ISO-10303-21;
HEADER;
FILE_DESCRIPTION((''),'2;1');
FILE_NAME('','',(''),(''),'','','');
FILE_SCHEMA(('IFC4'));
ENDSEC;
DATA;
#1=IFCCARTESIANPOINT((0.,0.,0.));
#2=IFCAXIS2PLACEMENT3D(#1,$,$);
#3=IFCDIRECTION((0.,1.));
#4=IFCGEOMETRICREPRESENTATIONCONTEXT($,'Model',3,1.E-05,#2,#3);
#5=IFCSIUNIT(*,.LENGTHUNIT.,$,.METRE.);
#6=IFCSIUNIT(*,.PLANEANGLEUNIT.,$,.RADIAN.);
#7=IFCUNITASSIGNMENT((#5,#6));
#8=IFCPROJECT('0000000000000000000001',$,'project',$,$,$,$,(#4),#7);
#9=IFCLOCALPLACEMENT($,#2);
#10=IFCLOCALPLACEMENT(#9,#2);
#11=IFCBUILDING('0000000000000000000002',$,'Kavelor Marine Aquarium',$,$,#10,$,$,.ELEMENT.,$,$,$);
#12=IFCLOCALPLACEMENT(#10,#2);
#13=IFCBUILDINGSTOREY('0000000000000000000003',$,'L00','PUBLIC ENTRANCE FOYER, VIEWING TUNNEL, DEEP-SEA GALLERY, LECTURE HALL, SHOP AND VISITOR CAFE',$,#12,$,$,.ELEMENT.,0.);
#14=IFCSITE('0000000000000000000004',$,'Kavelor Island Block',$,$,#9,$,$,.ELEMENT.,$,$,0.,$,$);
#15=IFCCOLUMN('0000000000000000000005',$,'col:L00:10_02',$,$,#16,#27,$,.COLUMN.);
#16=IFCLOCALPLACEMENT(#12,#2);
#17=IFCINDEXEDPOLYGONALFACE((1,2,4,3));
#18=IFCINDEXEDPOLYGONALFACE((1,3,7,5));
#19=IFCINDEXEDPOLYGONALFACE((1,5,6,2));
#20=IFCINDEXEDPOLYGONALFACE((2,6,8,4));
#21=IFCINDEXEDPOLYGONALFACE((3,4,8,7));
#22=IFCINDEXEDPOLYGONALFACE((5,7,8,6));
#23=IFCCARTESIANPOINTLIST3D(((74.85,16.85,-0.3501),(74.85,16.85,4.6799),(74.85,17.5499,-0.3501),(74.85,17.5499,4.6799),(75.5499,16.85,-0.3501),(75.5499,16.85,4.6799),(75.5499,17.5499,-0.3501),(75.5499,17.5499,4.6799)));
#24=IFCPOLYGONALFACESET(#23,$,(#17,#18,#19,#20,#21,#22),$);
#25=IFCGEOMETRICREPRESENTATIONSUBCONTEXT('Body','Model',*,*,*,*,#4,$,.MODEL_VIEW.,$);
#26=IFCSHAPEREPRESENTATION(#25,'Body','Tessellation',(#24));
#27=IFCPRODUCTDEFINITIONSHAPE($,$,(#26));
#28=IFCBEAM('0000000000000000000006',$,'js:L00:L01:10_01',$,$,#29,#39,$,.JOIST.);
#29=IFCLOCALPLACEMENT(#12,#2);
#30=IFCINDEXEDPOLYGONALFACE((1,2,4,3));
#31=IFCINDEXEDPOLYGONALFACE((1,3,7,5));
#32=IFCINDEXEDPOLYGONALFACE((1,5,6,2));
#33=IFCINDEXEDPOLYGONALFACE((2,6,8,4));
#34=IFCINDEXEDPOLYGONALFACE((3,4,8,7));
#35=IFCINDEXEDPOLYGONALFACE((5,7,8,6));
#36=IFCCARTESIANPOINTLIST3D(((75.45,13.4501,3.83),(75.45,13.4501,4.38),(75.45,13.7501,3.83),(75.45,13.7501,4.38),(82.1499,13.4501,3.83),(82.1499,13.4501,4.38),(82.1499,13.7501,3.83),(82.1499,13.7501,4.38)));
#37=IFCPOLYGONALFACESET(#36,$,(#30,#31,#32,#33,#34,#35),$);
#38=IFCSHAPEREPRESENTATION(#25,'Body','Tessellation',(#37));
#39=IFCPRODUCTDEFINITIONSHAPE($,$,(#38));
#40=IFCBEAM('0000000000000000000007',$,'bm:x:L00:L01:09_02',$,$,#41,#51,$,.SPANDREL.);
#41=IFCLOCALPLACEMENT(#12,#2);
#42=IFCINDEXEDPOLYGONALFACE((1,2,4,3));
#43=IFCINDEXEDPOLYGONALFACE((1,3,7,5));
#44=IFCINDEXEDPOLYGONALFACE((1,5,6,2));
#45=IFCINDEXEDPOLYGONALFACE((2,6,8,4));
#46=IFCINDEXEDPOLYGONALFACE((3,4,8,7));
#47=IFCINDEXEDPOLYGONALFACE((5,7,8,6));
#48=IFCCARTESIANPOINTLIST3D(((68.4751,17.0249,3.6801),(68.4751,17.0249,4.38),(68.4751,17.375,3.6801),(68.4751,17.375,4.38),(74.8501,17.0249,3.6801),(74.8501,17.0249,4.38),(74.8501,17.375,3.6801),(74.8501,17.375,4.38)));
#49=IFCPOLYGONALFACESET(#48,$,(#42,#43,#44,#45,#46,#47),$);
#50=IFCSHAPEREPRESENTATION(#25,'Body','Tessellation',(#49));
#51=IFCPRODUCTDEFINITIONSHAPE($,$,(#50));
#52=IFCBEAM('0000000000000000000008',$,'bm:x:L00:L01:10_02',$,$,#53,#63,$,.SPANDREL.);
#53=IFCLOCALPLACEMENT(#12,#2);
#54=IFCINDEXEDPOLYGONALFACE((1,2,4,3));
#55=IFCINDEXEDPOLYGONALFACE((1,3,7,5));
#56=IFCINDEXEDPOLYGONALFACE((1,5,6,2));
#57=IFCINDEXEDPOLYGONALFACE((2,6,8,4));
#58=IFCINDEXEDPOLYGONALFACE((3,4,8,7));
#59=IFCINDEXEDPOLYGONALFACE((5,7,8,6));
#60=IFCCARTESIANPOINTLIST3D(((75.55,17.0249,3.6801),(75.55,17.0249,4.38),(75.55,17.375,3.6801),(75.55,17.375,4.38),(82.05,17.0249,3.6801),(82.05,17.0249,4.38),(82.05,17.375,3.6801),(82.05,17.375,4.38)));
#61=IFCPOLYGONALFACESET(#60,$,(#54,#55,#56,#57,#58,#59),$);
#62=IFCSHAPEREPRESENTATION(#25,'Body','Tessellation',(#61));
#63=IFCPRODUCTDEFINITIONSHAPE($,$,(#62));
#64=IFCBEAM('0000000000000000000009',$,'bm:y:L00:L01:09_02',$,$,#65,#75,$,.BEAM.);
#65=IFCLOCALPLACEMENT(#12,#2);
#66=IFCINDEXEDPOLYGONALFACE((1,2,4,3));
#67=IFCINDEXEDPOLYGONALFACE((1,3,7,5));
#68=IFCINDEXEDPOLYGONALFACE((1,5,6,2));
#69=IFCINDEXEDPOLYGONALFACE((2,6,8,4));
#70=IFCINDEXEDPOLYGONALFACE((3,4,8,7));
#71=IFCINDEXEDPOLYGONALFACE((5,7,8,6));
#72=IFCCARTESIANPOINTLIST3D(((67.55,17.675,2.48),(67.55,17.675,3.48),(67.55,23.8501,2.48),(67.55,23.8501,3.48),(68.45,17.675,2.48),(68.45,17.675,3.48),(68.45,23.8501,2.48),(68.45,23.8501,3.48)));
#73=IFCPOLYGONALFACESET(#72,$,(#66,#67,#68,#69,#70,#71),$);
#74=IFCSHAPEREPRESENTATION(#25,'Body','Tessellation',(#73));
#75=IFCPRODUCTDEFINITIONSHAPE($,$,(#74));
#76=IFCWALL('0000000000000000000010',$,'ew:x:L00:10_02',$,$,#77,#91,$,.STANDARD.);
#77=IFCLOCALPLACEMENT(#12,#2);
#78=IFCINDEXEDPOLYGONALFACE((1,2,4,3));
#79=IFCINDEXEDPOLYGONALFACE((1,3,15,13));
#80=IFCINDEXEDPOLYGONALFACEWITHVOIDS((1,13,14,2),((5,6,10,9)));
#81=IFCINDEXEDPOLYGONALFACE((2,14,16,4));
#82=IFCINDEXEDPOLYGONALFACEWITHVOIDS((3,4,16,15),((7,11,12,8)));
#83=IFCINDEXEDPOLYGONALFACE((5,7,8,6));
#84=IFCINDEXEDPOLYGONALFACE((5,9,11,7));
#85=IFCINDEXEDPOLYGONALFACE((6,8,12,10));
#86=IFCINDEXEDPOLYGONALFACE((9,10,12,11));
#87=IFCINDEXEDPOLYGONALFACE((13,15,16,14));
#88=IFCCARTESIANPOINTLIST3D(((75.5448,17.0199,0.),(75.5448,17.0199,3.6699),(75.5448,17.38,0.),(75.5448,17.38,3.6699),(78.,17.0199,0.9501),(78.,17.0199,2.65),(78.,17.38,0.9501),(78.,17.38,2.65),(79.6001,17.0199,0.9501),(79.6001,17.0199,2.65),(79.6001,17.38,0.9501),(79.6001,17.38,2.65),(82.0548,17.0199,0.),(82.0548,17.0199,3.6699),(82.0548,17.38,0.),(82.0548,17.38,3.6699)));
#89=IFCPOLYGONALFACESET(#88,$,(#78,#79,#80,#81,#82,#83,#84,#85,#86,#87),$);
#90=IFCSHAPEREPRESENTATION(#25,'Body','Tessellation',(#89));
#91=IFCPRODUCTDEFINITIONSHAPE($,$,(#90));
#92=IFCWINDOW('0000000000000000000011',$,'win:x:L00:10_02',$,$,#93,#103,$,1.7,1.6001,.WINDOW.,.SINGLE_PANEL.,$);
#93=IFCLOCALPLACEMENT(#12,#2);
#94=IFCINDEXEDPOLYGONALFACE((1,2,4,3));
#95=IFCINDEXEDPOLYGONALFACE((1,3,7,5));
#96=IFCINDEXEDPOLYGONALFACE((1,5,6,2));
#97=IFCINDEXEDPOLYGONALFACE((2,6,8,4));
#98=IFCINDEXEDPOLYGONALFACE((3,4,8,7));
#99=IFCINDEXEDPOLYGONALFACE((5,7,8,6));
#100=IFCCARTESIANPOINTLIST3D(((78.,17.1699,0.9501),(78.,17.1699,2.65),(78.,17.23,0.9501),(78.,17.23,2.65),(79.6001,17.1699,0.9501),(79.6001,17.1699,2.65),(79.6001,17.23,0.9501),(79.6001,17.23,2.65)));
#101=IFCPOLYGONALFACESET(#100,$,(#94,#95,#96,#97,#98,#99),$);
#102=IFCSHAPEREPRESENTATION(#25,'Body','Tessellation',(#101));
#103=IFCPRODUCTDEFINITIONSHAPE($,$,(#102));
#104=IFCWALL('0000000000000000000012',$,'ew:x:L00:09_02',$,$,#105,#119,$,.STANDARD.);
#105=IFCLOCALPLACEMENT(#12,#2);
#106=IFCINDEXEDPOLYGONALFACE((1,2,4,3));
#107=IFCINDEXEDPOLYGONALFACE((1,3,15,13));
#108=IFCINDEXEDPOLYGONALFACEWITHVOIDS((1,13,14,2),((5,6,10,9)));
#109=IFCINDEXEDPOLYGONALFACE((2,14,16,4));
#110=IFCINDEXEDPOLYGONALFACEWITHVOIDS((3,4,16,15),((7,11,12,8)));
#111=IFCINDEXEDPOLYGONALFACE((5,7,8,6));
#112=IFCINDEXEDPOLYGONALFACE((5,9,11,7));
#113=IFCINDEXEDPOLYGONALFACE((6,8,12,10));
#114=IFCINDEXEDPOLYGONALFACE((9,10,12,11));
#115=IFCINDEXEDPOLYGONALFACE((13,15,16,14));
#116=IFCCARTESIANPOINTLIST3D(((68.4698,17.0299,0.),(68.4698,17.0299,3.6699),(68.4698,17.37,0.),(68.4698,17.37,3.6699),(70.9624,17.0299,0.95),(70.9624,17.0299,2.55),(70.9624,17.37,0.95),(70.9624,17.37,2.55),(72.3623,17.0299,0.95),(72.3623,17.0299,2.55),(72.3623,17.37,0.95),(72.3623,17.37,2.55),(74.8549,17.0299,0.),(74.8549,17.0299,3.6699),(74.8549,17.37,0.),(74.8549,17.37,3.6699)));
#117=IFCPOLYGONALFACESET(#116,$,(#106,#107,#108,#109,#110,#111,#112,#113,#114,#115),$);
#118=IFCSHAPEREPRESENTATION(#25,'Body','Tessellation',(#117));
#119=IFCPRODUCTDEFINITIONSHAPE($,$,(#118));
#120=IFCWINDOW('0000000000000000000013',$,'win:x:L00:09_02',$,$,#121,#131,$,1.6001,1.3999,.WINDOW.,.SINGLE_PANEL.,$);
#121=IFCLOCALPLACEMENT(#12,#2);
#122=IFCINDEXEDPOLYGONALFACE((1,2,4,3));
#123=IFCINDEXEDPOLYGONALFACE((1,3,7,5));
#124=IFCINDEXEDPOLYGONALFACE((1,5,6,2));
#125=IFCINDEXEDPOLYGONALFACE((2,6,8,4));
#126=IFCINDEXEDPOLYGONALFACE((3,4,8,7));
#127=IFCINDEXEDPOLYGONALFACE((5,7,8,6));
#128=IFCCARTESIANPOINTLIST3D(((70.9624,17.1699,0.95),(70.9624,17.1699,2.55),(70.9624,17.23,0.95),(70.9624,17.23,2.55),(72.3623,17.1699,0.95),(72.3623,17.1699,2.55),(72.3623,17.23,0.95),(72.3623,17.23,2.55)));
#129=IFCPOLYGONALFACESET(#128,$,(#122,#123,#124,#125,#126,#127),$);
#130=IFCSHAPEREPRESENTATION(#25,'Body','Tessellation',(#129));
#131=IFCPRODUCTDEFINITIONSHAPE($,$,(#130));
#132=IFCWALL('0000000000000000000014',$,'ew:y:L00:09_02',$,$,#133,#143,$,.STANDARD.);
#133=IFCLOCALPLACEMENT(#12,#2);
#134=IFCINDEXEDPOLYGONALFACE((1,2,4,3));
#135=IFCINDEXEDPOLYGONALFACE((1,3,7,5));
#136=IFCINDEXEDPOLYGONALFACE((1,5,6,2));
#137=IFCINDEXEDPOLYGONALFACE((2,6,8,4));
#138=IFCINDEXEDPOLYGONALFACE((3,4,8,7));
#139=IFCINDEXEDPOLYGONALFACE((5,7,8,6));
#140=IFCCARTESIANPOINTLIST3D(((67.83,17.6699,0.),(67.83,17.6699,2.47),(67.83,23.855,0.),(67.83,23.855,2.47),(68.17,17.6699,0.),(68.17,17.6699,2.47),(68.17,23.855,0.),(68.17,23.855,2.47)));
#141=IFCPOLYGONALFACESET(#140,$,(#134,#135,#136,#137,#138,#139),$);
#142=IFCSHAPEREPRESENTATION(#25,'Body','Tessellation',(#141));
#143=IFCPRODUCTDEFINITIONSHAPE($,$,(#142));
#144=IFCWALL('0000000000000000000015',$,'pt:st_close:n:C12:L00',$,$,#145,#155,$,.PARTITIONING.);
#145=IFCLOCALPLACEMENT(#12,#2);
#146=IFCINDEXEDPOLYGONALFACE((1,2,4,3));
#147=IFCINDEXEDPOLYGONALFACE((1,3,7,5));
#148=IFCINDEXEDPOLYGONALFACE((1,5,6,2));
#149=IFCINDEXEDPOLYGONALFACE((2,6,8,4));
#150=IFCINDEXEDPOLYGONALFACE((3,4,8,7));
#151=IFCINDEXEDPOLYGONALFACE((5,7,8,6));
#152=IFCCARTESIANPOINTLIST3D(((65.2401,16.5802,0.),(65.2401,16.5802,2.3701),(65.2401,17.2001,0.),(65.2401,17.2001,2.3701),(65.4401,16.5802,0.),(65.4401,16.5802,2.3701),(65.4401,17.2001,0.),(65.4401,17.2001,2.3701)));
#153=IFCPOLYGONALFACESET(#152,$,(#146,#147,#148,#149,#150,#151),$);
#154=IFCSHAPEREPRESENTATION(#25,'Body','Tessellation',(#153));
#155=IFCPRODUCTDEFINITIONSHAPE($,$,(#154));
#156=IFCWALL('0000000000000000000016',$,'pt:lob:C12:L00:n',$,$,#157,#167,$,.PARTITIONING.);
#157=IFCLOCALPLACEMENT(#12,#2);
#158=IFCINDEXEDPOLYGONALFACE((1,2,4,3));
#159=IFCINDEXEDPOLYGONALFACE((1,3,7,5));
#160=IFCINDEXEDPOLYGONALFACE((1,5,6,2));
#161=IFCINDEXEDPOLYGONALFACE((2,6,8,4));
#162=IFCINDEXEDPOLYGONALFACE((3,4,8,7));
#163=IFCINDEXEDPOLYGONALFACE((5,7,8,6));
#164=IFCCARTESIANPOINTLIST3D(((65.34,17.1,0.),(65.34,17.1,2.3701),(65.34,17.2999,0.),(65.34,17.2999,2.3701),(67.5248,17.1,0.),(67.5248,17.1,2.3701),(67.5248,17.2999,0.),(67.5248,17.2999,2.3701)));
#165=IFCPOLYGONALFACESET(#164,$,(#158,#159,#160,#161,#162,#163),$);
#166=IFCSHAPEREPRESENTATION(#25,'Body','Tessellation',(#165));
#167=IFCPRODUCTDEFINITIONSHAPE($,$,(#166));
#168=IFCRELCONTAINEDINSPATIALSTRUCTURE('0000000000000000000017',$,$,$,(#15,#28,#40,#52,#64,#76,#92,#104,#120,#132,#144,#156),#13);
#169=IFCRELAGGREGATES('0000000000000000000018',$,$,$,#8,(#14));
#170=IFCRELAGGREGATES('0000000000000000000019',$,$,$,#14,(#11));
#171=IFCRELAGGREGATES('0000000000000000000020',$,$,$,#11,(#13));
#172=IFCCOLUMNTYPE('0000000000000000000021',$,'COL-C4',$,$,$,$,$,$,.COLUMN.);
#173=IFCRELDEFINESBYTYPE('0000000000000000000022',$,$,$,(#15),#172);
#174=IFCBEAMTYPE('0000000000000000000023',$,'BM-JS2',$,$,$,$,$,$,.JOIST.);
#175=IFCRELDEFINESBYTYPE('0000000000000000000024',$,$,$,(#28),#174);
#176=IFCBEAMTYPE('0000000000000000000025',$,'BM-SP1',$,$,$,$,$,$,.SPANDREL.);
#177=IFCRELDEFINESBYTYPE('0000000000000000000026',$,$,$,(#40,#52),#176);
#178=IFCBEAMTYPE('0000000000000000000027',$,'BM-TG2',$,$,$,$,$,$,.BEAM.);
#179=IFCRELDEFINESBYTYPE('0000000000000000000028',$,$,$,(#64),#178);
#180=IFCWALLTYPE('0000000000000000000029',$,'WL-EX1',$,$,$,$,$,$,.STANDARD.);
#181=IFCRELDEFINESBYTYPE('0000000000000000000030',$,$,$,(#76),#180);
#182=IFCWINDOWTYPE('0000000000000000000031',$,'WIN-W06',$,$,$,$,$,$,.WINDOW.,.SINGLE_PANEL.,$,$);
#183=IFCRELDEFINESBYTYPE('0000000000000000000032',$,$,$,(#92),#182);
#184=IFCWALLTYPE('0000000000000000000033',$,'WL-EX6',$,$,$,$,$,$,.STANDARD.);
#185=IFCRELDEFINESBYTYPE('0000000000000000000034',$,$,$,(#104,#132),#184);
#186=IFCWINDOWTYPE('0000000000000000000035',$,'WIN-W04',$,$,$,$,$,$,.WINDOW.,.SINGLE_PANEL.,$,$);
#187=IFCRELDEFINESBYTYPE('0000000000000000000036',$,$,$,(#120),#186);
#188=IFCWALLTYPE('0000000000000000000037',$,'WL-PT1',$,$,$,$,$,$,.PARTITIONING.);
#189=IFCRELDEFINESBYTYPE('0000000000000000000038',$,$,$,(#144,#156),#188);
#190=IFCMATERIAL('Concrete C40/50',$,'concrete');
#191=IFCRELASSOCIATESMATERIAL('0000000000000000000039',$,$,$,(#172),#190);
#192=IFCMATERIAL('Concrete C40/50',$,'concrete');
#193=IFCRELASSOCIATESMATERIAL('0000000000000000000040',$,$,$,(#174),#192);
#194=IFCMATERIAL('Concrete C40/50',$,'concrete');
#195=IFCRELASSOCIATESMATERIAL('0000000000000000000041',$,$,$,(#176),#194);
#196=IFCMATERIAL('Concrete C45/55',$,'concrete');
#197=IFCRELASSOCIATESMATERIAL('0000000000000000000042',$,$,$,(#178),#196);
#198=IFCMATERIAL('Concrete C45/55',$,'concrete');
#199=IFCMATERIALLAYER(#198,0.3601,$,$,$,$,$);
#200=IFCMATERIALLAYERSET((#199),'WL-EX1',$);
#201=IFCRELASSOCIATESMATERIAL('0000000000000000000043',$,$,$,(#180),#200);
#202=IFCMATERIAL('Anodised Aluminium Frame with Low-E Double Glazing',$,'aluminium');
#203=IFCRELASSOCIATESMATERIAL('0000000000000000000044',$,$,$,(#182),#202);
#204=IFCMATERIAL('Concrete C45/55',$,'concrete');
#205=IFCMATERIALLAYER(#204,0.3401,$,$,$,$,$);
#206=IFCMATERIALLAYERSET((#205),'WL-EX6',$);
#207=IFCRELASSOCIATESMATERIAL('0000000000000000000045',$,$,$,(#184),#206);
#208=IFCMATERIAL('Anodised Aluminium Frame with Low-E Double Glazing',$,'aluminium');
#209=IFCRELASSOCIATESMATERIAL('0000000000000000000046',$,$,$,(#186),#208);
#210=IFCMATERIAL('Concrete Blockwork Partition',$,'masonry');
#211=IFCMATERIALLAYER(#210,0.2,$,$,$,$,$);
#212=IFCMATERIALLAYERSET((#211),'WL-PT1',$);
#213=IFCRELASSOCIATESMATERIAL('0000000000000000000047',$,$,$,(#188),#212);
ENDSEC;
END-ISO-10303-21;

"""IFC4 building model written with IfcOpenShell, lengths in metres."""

from ifc_helpers import new_model, si_unit, direction, frame, frame_2d, origin, origin_2d, place, context, subcontext, project, spatial, rectangle, extrude, material, layer, layer_set, material_profile, profile_set, type_object, element, fill, save


model = new_model("IFC4")

# Units and contexts
model_context = context("Model", 3, precision=1e-05, world=origin(), true_north=direction((0.0, 1.0)))
body_context = subcontext(model_context, "Body", "Model", "MODEL_VIEW")
ifc_project = project(units=[si_unit("LENGTHUNIT", "METRE"), si_unit("PLANEANGLEUNIT", "RADIAN")], contexts=[model_context])

# Site, building, storey
site_placement = place(None, origin())
site = spatial("IfcSite", under=ifc_project, at=site_placement, Name="Kavelor Island Block", CompositionType="ELEMENT", RefElevation=0.0)
building_placement = place(site_placement, origin())
building = spatial("IfcBuilding", under=site, at=building_placement, Name="Kavelor Marine Aquarium", CompositionType="ELEMENT")
storey_placement = place(building_placement, origin())
storey = spatial("IfcBuildingStorey", under=building, at=storey_placement, Name="L00", Description="PUBLIC ENTRANCE FOYER, VIEWING TUNNEL, DEEP-SEA GALLERY, LECTURE HALL, SHOP AND VISITOR CAFE", CompositionType="ELEMENT", Elevation=0.0)

# Column
ifc_material_1 = material(Name="Concrete C40/50", Category="concrete")
ifc_material_profile_1 = material_profile(ifc_material_1, rectangle(XDim=0.7, YDim=0.7, at=origin_2d()), Name="RC-COL 700x700")
ifc_profile_set_1 = profile_set([ifc_material_profile_1], Name="Concrete C40/50")
column_type_1 = type_object("IfcColumnType", Name="COL-C4", PredefinedType="COLUMN", material=ifc_profile_set_1)
column_1_placement = place(storey_placement, frame((75.2, 17.2, -0.3501), z_axis=(0.0, 0.0, 1.0), x_axis=(1.0, 0.0, 0.0)))
element("IfcColumn", 1, at=column_1_placement, inside=storey, type_object=column_type_1, Name="col:L00:10_02", PredefinedType="COLUMN", context=body_context, shape_type="SweptSolid", body=[
    extrude(rectangle(XDim=0.7, YDim=0.7, at=origin_2d()), origin(), (0.0, 0.0, 1.0), 5.03),
])

# Beams
ifc_material_2 = material(Name="Concrete C40/50", Category="concrete")
ifc_material_profile_2 = material_profile(ifc_material_2, rectangle(XDim=0.3, YDim=0.55, at=origin_2d()), Name="RC-JS 300x550")
ifc_profile_set_2 = profile_set([ifc_material_profile_2], Name="Concrete C40/50")
beam_type_1 = type_object("IfcBeamType", Name="BM-JS2", PredefinedType="JOIST", material=ifc_profile_set_2)
beam_1_placement = place(storey_placement, frame((75.45, 13.6001, 4.105), z_axis=(1.0, 0.0, 0.0), x_axis=(0.0, 1.0, 0.0)))
element("IfcBeam", 2, at=beam_1_placement, inside=storey, type_object=beam_type_1, Name="js:L00:L01:10_01", PredefinedType="JOIST", context=body_context, shape_type="SweptSolid", body=[
    extrude(rectangle(XDim=0.3, YDim=0.55, at=origin_2d()), origin(), (0.0, 0.0, 1.0), 6.7),
])
ifc_material_3 = material(Name="Concrete C40/50", Category="concrete")
ifc_material_profile_3 = material_profile(ifc_material_3, rectangle(XDim=0.3501, YDim=0.7, at=origin_2d()), Name="RC-SP 350x700")
ifc_profile_set_3 = profile_set([ifc_material_profile_3], Name="Concrete C40/50")
beam_type_2 = type_object("IfcBeamType", Name="BM-SP1", PredefinedType="SPANDREL", material=ifc_profile_set_3)
beam_2_placement = place(storey_placement, frame((68.4751, 17.2, 4.03), z_axis=(1.0, 0.0, 0.0), x_axis=(0.0, 1.0, 0.0)))
element("IfcBeam", 3, at=beam_2_placement, inside=storey, type_object=beam_type_2, Name="bm:x:L00:L01:09_02", PredefinedType="SPANDREL", context=body_context, shape_type="SweptSolid", body=[
    extrude(rectangle(XDim=0.3501, YDim=0.7, at=origin_2d()), origin(), (0.0, 0.0, 1.0), 6.375),
])
beam_3_placement = place(storey_placement, frame((75.55, 17.2, 4.03), z_axis=(1.0, 0.0, 0.0), x_axis=(0.0, 1.0, 0.0)))
element("IfcBeam", 4, at=beam_3_placement, inside=storey, type_object=beam_type_2, Name="bm:x:L00:L01:10_02", PredefinedType="SPANDREL", context=body_context, shape_type="SweptSolid", body=[
    extrude(rectangle(XDim=0.3501, YDim=0.7, at=origin_2d()), origin(), (0.0, 0.0, 1.0), 6.5),
])
ifc_material_4 = material(Name="Concrete C45/55", Category="concrete")
ifc_material_profile_4 = material_profile(ifc_material_4, rectangle(XDim=0.8999, YDim=1.0, at=origin_2d()), Name="RC-TG 900x1000")
ifc_profile_set_4 = profile_set([ifc_material_profile_4], Name="Concrete C45/55")
beam_type_3 = type_object("IfcBeamType", Name="BM-TG2", PredefinedType="BEAM", material=ifc_profile_set_4)
beam_4_placement = place(storey_placement, frame((68.0, 17.675, 2.98), z_axis=(0.0, 1.0, 0.0), x_axis=(-1.0, 0.0, 0.0)))
element("IfcBeam", 5, at=beam_4_placement, inside=storey, type_object=beam_type_3, Name="bm:y:L00:L01:09_02", PredefinedType="BEAM", context=body_context, shape_type="SweptSolid", body=[
    extrude(rectangle(XDim=0.8999, YDim=1.0, at=origin_2d()), origin(), (0.0, 0.0, 1.0), 6.175),
])

# Walls, openings, windows
ifc_material_5 = material(Name="Concrete C45/55", Category="concrete")
ifc_layer_1 = layer(ifc_material_5, 0.3601)
ifc_layer_set_1 = layer_set([ifc_layer_1], Name="WL-EX1")
wall_type_1 = type_object("IfcWallType", Name="WL-EX1", PredefinedType="STANDARD", material=ifc_layer_set_1)
wall_1_placement = place(storey_placement, frame((75.5449, 17.2, 0.0), z_axis=(0.0, 0.0, 1.0), x_axis=(1.0, 0.0, 0.0)))
wall_1 = element("IfcWall", 6, at=wall_1_placement, inside=storey, type_object=wall_type_1, Name="ew:x:L00:10_02", PredefinedType="STANDARD", context=body_context, shape_type="SweptSolid", body=[
    extrude(rectangle(XDim=6.51, YDim=0.3601, at=frame_2d((3.2549, 0.0))), origin(), (0.0, 0.0, 1.0), 3.6699),
])
opening_1_placement = place(wall_1_placement, frame((2.4551, 0.0, 0.95)))
opening_1 = element("IfcOpeningElement", 7, at=opening_1_placement, cuts=wall_1, PredefinedType="OPENING", context=body_context, shape_type="SweptSolid", body=[
    extrude(rectangle(XDim=1.6001, YDim=1.7, at=frame_2d((0.8, 0.8501))), frame((0.0, 0.1899, 0.0), z_axis=(0.0, -1.0, 0.0), x_axis=(1.0, 0.0, 0.0)), (0.0, 0.0, 1.0), 0.3801),
])
ifc_material_6 = material(Name="Anodised Aluminium Frame with Low-E Double Glazing", Category="aluminium")
window_type_1 = type_object("IfcWindowType", Name="WIN-W06", PartitioningType="SINGLE_PANEL", PredefinedType="WINDOW", material=ifc_material_6)
window_1_placement = place(opening_1_placement, origin())
window_1 = element("IfcWindow", 8, at=window_1_placement, inside=storey, type_object=window_type_1, Name="win:x:L00:10_02", OverallHeight=1.7, OverallWidth=1.6001, PartitioningType="SINGLE_PANEL", PredefinedType="WINDOW", context=body_context, shape_type="SweptSolid", body=[
    extrude(rectangle(XDim=1.6001, YDim=1.7, at=frame_2d((0.8, 0.8501))), frame((0.0, 0.03, 0.0), z_axis=(0.0, -1.0, 0.0), x_axis=(1.0, 0.0, 0.0)), (0.0, 0.0, 1.0), 0.0601),
])
fill(opening_1, window_1)
ifc_material_7 = material(Name="Concrete C45/55", Category="concrete")
ifc_layer_2 = layer(ifc_material_7, 0.3401)
ifc_layer_set_2 = layer_set([ifc_layer_2], Name="WL-EX6")
wall_type_2 = type_object("IfcWallType", Name="WL-EX6", PredefinedType="STANDARD", material=ifc_layer_set_2)
wall_2_placement = place(storey_placement, frame((68.47, 17.2, 0.0), z_axis=(0.0, 0.0, 1.0), x_axis=(1.0, 0.0, 0.0)))
wall_2 = element("IfcWall", 9, at=wall_2_placement, inside=storey, type_object=wall_type_2, Name="ew:x:L00:09_02", PredefinedType="STANDARD", context=body_context, shape_type="SweptSolid", body=[
    extrude(rectangle(XDim=6.385, YDim=0.3401, at=frame_2d((3.1924, 0.0))), origin(), (0.0, 0.0, 1.0), 3.6699),
])
opening_2_placement = place(wall_2_placement, frame((2.4924, 0.0, 0.95)))
opening_2 = element("IfcOpeningElement", 10, at=opening_2_placement, cuts=wall_2, PredefinedType="OPENING", context=body_context, shape_type="SweptSolid", body=[
    extrude(rectangle(XDim=1.3999, YDim=1.6001, at=frame_2d((0.7, 0.8))), frame((0.0, 0.1799, 0.0), z_axis=(0.0, -1.0, 0.0), x_axis=(1.0, 0.0, 0.0)), (0.0, 0.0, 1.0), 0.3601),
])
ifc_material_8 = material(Name="Anodised Aluminium Frame with Low-E Double Glazing", Category="aluminium")
window_type_2 = type_object("IfcWindowType", Name="WIN-W04", PartitioningType="SINGLE_PANEL", PredefinedType="WINDOW", material=ifc_material_8)
window_2_placement = place(opening_2_placement, origin())
window_2 = element("IfcWindow", 11, at=window_2_placement, inside=storey, type_object=window_type_2, Name="win:x:L00:09_02", OverallHeight=1.6001, OverallWidth=1.3999, PartitioningType="SINGLE_PANEL", PredefinedType="WINDOW", context=body_context, shape_type="SweptSolid", body=[
    extrude(rectangle(XDim=1.3999, YDim=1.6001, at=frame_2d((0.7, 0.8))), frame((0.0, 0.03, 0.0), z_axis=(0.0, -1.0, 0.0), x_axis=(1.0, 0.0, 0.0)), (0.0, 0.0, 1.0), 0.0601),
])
fill(opening_2, window_2)

# Walls
wall_3_placement = place(storey_placement, frame((68.0, 23.855, 0.0), z_axis=(0.0, 0.0, 1.0), x_axis=(0.0, -1.0, 0.0)))
element("IfcWall", 12, at=wall_3_placement, inside=storey, type_object=wall_type_2, Name="ew:y:L00:09_02", PredefinedType="STANDARD", context=body_context, shape_type="SweptSolid", body=[
    extrude(rectangle(XDim=6.1851, YDim=0.3401, at=frame_2d((3.0925, 0.0))), origin(), (0.0, 0.0, 1.0), 2.47),
])
ifc_material_9 = material(Name="Concrete Blockwork Partition", Category="masonry")
ifc_layer_3 = layer(ifc_material_9, 0.2)
ifc_layer_set_3 = layer_set([ifc_layer_3], Name="WL-PT1")
wall_type_3 = type_object("IfcWallType", Name="WL-PT1", PredefinedType="PARTITIONING", material=ifc_layer_set_3)
wall_4_placement = place(storey_placement, frame((65.3401, 16.5801, 0.0), z_axis=(0.0, 0.0, 1.0), x_axis=(0.0, 1.0, 0.0)))
element("IfcWall", 13, at=wall_4_placement, inside=storey, type_object=wall_type_3, Name="pt:st_close:n:C12:L00", PredefinedType="PARTITIONING", context=body_context, shape_type="SweptSolid", body=[
    extrude(rectangle(XDim=0.6199, YDim=0.2, at=frame_2d((0.3101, 0.0))), origin(), (0.0, 0.0, 1.0), 2.3701),
])
wall_5_placement = place(storey_placement, frame((65.3401, 17.2, 0.0), z_axis=(0.0, 0.0, 1.0), x_axis=(1.0, 0.0, 0.0)))
element("IfcWall", 14, at=wall_5_placement, inside=storey, type_object=wall_type_3, Name="pt:lob:C12:L00:n", PredefinedType="PARTITIONING", context=body_context, shape_type="SweptSolid", body=[
    extrude(rectangle(XDim=2.1848, YDim=0.2, at=frame_2d((1.0923, 0.0))), origin(), (0.0, 0.0, 1.0), 2.3701),
])

save(model, "model.ifc")
